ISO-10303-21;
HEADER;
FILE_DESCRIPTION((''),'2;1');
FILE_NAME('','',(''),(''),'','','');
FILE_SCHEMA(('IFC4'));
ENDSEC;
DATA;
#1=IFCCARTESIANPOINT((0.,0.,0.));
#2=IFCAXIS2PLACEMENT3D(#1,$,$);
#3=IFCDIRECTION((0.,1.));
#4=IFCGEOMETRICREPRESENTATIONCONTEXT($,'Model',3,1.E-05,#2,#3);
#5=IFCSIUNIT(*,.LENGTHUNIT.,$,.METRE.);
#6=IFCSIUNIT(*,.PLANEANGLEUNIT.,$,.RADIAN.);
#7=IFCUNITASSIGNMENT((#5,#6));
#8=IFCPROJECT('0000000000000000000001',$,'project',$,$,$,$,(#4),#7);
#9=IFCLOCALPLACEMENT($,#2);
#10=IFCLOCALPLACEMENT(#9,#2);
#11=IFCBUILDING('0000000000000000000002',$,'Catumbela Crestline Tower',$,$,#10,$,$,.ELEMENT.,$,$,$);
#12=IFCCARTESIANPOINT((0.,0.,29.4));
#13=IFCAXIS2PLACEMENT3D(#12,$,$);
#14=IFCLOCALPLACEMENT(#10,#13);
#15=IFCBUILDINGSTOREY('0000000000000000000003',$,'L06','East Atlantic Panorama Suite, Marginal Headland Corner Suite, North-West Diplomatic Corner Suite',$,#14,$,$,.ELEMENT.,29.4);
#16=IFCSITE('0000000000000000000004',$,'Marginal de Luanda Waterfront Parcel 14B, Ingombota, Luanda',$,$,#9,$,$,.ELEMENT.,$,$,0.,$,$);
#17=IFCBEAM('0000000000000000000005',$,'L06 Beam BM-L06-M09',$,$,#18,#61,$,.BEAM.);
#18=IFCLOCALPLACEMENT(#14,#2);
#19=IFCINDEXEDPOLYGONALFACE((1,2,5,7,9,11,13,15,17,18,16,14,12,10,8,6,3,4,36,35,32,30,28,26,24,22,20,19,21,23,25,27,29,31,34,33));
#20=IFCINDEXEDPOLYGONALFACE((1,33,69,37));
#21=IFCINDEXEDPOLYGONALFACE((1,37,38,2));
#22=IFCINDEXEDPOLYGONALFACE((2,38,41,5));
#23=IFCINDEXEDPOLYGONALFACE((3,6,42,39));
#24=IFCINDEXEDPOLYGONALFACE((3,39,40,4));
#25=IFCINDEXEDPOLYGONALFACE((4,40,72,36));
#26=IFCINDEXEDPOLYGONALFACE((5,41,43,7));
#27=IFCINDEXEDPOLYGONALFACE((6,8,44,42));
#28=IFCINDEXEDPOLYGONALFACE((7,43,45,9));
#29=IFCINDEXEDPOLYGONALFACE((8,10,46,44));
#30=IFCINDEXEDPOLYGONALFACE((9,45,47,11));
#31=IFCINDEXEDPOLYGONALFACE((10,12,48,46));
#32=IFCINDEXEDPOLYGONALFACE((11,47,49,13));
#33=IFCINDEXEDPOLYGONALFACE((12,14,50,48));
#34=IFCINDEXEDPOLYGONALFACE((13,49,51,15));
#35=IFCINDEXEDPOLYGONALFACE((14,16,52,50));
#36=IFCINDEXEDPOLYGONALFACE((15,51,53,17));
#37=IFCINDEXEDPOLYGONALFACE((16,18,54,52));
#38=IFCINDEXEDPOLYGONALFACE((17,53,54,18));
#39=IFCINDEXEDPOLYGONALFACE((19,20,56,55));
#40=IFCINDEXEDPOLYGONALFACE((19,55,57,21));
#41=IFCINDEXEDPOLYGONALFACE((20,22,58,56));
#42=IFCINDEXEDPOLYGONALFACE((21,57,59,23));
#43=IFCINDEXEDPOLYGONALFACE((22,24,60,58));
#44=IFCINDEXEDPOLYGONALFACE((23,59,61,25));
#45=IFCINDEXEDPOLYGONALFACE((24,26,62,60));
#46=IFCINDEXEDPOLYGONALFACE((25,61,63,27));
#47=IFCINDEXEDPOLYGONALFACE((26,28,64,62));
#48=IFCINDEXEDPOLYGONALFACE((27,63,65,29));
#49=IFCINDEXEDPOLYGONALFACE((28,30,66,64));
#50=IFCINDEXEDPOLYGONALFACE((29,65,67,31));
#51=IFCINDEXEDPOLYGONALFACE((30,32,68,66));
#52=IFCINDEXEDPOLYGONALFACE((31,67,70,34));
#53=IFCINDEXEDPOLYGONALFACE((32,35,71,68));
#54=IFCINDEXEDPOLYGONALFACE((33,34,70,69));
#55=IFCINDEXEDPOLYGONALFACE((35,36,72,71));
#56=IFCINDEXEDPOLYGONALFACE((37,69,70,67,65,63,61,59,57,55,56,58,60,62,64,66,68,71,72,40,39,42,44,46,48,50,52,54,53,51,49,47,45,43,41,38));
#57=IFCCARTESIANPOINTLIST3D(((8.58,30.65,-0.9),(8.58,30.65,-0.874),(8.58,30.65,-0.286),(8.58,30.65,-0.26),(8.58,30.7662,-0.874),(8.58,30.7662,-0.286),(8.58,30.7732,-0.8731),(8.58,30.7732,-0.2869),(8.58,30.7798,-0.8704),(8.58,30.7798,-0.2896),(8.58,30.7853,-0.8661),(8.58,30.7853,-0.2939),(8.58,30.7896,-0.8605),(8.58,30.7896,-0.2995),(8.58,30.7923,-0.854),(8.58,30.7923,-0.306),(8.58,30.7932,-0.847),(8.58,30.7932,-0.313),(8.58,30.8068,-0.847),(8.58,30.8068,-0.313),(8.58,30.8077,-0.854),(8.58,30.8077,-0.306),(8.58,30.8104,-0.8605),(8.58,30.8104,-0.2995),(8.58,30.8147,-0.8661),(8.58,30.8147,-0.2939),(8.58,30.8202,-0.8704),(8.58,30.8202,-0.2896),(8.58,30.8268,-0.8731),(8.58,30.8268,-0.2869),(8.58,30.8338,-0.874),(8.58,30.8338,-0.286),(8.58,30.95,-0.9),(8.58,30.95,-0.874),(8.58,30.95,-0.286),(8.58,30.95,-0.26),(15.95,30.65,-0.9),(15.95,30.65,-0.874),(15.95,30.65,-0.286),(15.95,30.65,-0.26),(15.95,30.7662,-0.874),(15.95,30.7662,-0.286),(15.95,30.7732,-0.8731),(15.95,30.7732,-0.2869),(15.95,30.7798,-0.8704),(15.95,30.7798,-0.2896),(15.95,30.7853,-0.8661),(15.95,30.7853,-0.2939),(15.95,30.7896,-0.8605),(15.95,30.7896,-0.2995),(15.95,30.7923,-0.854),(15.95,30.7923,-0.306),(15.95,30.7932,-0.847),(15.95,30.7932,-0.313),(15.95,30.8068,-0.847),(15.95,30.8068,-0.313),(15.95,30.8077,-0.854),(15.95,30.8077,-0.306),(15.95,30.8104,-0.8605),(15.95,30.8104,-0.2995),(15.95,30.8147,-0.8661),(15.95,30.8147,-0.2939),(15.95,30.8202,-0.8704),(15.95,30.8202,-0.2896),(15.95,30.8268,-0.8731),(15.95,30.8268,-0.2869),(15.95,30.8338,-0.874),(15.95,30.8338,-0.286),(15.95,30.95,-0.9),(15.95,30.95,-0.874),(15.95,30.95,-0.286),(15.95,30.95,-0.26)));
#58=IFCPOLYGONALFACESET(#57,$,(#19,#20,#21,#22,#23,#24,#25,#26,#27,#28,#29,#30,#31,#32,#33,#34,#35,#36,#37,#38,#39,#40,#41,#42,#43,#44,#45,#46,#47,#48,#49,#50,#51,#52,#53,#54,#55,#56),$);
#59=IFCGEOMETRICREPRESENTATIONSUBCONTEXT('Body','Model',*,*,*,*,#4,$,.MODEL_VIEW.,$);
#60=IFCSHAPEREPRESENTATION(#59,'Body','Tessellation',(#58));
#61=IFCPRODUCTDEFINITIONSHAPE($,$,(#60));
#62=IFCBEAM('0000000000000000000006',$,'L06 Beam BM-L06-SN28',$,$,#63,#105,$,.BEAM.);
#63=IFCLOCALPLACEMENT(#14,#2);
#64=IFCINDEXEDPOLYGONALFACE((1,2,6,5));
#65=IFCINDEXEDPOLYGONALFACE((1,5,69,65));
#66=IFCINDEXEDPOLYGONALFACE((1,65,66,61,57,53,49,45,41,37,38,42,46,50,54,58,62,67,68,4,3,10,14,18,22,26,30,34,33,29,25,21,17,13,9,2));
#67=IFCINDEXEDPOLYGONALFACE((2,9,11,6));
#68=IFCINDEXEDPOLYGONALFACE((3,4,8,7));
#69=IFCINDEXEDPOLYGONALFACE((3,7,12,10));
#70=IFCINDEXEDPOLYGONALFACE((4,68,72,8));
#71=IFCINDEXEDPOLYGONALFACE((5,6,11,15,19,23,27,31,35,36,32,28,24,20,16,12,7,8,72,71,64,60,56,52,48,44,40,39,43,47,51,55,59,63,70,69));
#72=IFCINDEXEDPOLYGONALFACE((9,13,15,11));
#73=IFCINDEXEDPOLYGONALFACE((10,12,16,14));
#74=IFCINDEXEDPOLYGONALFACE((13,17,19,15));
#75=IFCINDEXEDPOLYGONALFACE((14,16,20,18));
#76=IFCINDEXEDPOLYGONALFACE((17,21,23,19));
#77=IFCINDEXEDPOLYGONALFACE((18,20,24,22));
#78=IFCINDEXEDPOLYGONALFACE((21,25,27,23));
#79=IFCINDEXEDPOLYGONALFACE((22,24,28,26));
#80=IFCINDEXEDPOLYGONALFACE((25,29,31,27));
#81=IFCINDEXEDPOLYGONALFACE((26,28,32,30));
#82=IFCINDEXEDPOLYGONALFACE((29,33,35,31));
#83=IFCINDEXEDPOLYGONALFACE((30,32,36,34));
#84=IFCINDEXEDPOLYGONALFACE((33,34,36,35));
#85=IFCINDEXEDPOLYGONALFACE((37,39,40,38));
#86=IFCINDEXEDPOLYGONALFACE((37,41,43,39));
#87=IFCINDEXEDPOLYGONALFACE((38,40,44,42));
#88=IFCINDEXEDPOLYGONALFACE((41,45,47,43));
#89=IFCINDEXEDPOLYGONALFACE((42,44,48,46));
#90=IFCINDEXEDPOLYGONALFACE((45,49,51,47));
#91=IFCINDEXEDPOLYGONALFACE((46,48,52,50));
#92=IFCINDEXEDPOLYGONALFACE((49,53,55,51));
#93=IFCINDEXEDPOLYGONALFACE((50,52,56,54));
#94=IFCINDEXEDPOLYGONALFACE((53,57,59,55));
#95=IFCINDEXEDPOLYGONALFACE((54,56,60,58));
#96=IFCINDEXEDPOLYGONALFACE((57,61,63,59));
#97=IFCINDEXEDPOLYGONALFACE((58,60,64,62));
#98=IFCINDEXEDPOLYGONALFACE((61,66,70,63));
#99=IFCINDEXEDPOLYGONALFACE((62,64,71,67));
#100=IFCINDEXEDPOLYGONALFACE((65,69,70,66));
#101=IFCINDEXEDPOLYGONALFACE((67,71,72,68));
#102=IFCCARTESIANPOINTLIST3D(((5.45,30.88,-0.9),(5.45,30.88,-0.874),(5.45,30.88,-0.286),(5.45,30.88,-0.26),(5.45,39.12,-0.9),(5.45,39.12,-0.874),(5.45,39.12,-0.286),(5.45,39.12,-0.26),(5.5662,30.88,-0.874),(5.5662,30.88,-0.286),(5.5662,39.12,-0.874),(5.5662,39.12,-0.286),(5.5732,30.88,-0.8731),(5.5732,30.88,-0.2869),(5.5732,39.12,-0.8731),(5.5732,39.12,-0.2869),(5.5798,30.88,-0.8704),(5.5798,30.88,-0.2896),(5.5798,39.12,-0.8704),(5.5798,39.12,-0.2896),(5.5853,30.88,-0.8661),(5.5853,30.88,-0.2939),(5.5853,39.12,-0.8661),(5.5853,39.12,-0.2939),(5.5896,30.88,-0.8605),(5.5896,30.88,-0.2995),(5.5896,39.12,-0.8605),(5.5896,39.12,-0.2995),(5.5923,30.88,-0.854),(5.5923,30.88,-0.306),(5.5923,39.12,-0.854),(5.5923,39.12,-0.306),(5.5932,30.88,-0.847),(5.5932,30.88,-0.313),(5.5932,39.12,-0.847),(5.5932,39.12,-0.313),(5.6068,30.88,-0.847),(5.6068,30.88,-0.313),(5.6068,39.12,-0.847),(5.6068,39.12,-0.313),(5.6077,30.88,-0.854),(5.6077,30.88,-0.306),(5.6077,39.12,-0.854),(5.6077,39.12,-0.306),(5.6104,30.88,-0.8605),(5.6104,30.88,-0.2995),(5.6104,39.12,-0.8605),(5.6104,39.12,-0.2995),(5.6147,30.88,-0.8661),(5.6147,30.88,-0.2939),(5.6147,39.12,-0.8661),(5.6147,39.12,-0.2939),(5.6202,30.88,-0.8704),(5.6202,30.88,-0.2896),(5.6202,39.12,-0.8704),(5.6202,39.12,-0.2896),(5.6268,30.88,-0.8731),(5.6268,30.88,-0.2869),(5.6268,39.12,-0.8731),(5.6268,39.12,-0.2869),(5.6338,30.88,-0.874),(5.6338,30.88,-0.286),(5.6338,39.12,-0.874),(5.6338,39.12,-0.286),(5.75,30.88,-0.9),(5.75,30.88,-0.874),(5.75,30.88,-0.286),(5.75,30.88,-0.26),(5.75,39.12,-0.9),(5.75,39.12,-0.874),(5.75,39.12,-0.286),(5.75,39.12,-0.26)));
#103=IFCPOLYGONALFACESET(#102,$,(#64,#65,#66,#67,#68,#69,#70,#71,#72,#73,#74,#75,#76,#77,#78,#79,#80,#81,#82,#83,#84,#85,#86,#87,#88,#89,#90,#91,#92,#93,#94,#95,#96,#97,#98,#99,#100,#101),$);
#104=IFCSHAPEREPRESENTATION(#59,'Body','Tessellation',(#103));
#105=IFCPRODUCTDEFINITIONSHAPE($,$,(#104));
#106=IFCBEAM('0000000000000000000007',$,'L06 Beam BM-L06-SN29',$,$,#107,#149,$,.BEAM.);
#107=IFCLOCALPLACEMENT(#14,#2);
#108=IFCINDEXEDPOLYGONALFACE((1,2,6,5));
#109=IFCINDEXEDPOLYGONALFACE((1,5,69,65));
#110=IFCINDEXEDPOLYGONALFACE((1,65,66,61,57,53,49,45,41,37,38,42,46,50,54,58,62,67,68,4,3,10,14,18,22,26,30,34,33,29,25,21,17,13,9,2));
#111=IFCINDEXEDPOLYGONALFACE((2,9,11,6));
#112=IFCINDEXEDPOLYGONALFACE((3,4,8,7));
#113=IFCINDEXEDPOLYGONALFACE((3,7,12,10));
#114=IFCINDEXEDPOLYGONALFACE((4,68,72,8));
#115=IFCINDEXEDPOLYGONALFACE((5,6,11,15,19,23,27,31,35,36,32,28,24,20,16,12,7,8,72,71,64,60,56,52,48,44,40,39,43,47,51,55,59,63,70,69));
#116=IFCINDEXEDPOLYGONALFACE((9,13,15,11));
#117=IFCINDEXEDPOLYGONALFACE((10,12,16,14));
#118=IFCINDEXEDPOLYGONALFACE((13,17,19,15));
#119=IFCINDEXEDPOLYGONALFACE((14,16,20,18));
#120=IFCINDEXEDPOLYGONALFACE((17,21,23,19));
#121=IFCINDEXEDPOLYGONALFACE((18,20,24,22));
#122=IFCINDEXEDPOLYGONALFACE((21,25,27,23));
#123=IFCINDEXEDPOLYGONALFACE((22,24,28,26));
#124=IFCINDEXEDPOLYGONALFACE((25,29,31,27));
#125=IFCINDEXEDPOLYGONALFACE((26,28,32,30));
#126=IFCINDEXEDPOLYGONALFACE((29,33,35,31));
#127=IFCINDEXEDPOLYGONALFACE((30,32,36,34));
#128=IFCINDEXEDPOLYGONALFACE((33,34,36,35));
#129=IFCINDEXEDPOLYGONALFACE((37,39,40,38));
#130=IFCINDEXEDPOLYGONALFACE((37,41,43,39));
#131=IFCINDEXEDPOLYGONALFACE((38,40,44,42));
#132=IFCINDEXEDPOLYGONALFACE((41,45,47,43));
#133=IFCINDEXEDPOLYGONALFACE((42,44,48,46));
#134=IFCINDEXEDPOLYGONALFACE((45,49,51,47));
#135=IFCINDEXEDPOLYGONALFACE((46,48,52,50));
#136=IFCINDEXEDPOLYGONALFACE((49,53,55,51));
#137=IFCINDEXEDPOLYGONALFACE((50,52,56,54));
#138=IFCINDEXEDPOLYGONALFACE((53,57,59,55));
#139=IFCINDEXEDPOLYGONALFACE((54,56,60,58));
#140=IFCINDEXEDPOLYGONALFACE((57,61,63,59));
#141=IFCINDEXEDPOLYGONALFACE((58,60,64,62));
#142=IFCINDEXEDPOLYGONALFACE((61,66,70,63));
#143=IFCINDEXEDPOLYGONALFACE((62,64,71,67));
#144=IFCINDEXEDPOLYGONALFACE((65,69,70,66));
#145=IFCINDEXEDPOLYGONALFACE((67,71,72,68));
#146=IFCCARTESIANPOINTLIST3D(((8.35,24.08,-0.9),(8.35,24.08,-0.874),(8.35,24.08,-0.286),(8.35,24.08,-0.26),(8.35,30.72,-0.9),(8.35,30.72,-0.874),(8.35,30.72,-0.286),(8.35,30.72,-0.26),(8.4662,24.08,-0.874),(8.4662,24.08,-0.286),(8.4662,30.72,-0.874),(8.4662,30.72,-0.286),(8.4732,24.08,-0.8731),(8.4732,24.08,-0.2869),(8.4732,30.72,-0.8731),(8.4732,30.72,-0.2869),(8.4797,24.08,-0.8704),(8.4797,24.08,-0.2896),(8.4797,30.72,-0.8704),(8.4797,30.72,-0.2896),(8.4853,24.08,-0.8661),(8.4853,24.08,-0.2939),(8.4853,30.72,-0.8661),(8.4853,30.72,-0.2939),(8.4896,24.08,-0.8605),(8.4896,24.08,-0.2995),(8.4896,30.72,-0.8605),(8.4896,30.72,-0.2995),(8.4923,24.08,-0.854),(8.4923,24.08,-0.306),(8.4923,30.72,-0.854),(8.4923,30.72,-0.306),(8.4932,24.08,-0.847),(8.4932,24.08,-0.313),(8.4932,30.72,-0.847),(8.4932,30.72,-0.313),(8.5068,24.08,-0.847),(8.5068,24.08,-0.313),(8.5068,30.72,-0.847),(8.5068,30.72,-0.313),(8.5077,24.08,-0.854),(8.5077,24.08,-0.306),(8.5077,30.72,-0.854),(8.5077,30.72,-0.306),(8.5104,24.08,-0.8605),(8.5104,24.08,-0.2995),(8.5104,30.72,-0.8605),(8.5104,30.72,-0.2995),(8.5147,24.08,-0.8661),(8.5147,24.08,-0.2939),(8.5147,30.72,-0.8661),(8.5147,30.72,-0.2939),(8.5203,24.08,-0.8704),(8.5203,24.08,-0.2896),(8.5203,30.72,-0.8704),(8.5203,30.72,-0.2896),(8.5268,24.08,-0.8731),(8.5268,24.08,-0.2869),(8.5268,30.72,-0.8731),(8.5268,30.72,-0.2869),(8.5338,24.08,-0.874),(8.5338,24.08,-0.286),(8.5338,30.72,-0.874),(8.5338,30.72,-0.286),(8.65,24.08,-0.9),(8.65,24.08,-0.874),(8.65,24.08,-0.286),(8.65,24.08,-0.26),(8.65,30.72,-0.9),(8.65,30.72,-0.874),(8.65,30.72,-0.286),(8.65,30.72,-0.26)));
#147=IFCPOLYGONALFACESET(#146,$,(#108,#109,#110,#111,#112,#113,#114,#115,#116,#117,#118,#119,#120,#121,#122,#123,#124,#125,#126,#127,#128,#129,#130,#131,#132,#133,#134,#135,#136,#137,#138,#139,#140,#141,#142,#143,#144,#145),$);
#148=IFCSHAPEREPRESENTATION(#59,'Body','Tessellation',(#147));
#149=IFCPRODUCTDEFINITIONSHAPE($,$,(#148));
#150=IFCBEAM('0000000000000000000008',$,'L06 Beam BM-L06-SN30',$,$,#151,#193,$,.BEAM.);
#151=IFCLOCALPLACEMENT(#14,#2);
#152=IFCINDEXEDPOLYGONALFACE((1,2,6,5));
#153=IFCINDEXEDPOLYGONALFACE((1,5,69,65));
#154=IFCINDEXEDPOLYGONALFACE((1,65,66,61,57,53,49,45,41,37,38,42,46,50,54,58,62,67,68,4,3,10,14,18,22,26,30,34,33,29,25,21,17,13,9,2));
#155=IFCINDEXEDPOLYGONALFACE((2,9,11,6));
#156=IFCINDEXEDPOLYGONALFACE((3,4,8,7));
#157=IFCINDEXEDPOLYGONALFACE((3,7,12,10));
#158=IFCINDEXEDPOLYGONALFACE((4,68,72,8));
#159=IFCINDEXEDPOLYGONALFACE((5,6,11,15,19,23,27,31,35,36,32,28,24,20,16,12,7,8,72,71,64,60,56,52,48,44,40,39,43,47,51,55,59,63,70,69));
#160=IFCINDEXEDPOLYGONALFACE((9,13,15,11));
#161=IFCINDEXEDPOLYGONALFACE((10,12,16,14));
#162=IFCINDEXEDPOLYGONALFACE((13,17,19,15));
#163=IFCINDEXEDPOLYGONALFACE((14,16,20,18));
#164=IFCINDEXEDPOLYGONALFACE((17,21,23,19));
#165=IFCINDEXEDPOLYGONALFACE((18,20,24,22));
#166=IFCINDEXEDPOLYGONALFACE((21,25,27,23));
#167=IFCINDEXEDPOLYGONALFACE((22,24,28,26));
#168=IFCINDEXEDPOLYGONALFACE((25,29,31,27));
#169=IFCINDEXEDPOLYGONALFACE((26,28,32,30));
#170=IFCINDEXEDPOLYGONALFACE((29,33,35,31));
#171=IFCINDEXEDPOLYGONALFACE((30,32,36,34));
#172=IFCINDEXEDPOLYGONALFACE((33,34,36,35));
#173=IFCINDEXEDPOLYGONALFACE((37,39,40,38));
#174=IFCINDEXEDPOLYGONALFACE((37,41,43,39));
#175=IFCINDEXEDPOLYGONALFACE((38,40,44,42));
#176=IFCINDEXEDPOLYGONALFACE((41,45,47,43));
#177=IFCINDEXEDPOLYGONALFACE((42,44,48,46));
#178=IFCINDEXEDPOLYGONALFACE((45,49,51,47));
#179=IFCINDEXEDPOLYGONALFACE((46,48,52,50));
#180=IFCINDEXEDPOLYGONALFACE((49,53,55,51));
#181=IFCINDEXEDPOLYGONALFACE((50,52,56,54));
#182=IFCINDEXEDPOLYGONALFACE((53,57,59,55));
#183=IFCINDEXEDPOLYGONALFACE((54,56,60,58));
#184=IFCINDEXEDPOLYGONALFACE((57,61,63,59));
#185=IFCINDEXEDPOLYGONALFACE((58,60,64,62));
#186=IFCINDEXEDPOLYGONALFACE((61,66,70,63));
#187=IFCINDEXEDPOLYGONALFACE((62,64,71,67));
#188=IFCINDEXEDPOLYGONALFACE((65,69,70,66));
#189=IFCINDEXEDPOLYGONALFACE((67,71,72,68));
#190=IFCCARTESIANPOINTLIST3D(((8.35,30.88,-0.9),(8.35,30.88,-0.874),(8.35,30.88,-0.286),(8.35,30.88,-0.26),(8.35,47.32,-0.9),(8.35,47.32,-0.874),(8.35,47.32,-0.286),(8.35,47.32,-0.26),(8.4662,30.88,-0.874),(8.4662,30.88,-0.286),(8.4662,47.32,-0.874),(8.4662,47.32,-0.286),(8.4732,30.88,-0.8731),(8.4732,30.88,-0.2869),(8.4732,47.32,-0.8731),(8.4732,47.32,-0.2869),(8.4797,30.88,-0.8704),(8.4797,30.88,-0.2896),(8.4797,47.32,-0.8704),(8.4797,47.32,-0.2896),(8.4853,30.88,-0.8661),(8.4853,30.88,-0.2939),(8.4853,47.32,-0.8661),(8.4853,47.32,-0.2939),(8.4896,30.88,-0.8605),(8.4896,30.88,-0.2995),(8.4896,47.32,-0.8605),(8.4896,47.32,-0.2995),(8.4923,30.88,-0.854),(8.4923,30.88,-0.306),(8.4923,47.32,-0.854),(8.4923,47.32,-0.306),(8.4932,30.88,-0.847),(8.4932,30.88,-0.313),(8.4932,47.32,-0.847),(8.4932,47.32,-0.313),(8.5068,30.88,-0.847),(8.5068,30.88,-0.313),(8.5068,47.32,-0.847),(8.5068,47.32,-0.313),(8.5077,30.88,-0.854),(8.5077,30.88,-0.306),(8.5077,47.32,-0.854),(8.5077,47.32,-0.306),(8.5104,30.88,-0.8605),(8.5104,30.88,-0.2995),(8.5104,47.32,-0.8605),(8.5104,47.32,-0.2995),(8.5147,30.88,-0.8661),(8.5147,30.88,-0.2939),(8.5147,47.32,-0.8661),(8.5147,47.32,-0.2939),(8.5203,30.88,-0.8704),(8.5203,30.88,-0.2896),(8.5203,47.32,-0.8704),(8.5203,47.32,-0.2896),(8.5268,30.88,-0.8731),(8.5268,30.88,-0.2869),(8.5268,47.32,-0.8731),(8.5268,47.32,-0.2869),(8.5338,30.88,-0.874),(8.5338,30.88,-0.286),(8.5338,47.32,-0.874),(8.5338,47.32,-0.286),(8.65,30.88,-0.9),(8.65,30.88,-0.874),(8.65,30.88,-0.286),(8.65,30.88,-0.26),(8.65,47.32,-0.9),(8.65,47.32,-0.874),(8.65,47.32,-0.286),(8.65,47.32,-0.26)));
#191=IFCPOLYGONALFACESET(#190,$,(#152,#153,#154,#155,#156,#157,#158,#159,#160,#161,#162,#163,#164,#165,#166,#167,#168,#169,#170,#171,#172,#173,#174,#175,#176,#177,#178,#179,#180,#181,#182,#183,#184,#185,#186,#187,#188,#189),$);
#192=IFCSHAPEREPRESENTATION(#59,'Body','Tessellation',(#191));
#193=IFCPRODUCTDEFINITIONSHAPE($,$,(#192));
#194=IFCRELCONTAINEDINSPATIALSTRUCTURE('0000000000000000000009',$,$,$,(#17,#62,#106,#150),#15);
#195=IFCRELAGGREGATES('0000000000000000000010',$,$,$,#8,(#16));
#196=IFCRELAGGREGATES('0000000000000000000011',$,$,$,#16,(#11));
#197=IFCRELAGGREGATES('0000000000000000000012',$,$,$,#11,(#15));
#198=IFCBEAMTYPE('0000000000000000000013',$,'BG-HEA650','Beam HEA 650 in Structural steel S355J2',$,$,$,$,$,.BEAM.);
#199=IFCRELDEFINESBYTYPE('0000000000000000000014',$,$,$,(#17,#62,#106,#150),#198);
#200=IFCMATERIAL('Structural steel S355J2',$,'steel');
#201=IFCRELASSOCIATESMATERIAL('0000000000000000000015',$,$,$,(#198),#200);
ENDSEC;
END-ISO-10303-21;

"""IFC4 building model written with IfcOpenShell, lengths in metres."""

from ifc_helpers import new_model, si_unit, direction, frame, origin, origin_2d, place, context, subcontext, project, spatial, i_section, extrude, material, material_profile, profile_set, type_object, element, save


model = new_model("IFC4")

# Units and contexts
model_context = context("Model", 3, precision=1e-05, world=origin(), true_north=direction((0.0, 1.0)))
body_context = subcontext(model_context, "Body", "Model", "MODEL_VIEW")
ifc_project = project(units=[si_unit("LENGTHUNIT", "METRE"), si_unit("PLANEANGLEUNIT", "RADIAN")], contexts=[model_context])

# Site, building, storey
site_placement = place(None, origin())
site = spatial("IfcSite", under=ifc_project, at=site_placement, Name="Marginal de Luanda Waterfront Parcel 14B, Ingombota, Luanda", CompositionType="ELEMENT", RefElevation=0.0)
building_placement = place(site_placement, origin())
building = spatial("IfcBuilding", under=site, at=building_placement, Name="Catumbela Crestline Tower", CompositionType="ELEMENT")
storey_placement = place(building_placement, frame((0.0, 0.0, 29.4)))
storey = spatial("IfcBuildingStorey", under=building, at=storey_placement, Name="L06", Description="East Atlantic Panorama Suite, Marginal Headland Corner Suite, North-West Diplomatic Corner Suite", CompositionType="ELEMENT", Elevation=29.4)

# Beams
ifc_material_1 = material(Name="Structural steel S355J2", Category="steel")
ifc_material_profile_1 = material_profile(ifc_material_1, i_section(OverallWidth=0.3, OverallDepth=0.64, WebThickness=0.0135, FlangeThickness=0.026, FilletRadius=0.027, at=origin_2d()), Name="HEA 650")
ifc_profile_set_1 = profile_set([ifc_material_profile_1], Name="Structural steel S355J2")
beam_type = type_object("IfcBeamType", Name="BG-HEA650", Description="Beam HEA 650 in Structural steel S355J2", PredefinedType="BEAM", material=ifc_profile_set_1)
beam_1_placement = place(storey_placement, frame((8.58, 30.8, -0.58), z_axis=(1.0, 0.0, 0.0), x_axis=(0.0, 1.0, 0.0)))
element("IfcBeam", 1, at=beam_1_placement, inside=storey, type_object=beam_type, Name="L06 Beam BM-L06-M09", PredefinedType="BEAM", context=body_context, shape_type="SweptSolid", body=[
    extrude(i_section(OverallWidth=0.3, OverallDepth=0.64, WebThickness=0.0135, FlangeThickness=0.026, FilletRadius=0.027, at=origin_2d()), origin(), (0.0, 0.0, 1.0), 7.37),
])
beam_2_placement = place(storey_placement, frame((5.6, 30.88, -0.58), z_axis=(0.0, 1.0, 0.0), x_axis=(-1.0, 0.0, 0.0)))
element("IfcBeam", 2, at=beam_2_placement, inside=storey, type_object=beam_type, Name="L06 Beam BM-L06-SN28", PredefinedType="BEAM", context=body_context, shape_type="SweptSolid", body=[
    extrude(i_section(OverallWidth=0.3, OverallDepth=0.64, WebThickness=0.0135, FlangeThickness=0.026, FilletRadius=0.027, at=origin_2d()), origin(), (0.0, 0.0, 1.0), 8.24),
])
beam_3_placement = place(storey_placement, frame((8.5, 24.08, -0.58), z_axis=(0.0, 1.0, 0.0), x_axis=(-1.0, 0.0, 0.0)))
element("IfcBeam", 3, at=beam_3_placement, inside=storey, type_object=beam_type, Name="L06 Beam BM-L06-SN29", PredefinedType="BEAM", context=body_context, shape_type="SweptSolid", body=[
    extrude(i_section(OverallWidth=0.3, OverallDepth=0.64, WebThickness=0.0135, FlangeThickness=0.026, FilletRadius=0.027, at=origin_2d()), origin(), (0.0, 0.0, 1.0), 6.64),
])
beam_4_placement = place(storey_placement, frame((8.5, 30.88, -0.58), z_axis=(0.0, 1.0, 0.0), x_axis=(-1.0, 0.0, 0.0)))
element("IfcBeam", 4, at=beam_4_placement, inside=storey, type_object=beam_type, Name="L06 Beam BM-L06-SN30", PredefinedType="BEAM", context=body_context, shape_type="SweptSolid", body=[
    extrude(i_section(OverallWidth=0.3, OverallDepth=0.64, WebThickness=0.0135, FlangeThickness=0.026, FilletRadius=0.027, at=origin_2d()), origin(), (0.0, 0.0, 1.0), 16.44),
])

save(model, "model.ifc")
